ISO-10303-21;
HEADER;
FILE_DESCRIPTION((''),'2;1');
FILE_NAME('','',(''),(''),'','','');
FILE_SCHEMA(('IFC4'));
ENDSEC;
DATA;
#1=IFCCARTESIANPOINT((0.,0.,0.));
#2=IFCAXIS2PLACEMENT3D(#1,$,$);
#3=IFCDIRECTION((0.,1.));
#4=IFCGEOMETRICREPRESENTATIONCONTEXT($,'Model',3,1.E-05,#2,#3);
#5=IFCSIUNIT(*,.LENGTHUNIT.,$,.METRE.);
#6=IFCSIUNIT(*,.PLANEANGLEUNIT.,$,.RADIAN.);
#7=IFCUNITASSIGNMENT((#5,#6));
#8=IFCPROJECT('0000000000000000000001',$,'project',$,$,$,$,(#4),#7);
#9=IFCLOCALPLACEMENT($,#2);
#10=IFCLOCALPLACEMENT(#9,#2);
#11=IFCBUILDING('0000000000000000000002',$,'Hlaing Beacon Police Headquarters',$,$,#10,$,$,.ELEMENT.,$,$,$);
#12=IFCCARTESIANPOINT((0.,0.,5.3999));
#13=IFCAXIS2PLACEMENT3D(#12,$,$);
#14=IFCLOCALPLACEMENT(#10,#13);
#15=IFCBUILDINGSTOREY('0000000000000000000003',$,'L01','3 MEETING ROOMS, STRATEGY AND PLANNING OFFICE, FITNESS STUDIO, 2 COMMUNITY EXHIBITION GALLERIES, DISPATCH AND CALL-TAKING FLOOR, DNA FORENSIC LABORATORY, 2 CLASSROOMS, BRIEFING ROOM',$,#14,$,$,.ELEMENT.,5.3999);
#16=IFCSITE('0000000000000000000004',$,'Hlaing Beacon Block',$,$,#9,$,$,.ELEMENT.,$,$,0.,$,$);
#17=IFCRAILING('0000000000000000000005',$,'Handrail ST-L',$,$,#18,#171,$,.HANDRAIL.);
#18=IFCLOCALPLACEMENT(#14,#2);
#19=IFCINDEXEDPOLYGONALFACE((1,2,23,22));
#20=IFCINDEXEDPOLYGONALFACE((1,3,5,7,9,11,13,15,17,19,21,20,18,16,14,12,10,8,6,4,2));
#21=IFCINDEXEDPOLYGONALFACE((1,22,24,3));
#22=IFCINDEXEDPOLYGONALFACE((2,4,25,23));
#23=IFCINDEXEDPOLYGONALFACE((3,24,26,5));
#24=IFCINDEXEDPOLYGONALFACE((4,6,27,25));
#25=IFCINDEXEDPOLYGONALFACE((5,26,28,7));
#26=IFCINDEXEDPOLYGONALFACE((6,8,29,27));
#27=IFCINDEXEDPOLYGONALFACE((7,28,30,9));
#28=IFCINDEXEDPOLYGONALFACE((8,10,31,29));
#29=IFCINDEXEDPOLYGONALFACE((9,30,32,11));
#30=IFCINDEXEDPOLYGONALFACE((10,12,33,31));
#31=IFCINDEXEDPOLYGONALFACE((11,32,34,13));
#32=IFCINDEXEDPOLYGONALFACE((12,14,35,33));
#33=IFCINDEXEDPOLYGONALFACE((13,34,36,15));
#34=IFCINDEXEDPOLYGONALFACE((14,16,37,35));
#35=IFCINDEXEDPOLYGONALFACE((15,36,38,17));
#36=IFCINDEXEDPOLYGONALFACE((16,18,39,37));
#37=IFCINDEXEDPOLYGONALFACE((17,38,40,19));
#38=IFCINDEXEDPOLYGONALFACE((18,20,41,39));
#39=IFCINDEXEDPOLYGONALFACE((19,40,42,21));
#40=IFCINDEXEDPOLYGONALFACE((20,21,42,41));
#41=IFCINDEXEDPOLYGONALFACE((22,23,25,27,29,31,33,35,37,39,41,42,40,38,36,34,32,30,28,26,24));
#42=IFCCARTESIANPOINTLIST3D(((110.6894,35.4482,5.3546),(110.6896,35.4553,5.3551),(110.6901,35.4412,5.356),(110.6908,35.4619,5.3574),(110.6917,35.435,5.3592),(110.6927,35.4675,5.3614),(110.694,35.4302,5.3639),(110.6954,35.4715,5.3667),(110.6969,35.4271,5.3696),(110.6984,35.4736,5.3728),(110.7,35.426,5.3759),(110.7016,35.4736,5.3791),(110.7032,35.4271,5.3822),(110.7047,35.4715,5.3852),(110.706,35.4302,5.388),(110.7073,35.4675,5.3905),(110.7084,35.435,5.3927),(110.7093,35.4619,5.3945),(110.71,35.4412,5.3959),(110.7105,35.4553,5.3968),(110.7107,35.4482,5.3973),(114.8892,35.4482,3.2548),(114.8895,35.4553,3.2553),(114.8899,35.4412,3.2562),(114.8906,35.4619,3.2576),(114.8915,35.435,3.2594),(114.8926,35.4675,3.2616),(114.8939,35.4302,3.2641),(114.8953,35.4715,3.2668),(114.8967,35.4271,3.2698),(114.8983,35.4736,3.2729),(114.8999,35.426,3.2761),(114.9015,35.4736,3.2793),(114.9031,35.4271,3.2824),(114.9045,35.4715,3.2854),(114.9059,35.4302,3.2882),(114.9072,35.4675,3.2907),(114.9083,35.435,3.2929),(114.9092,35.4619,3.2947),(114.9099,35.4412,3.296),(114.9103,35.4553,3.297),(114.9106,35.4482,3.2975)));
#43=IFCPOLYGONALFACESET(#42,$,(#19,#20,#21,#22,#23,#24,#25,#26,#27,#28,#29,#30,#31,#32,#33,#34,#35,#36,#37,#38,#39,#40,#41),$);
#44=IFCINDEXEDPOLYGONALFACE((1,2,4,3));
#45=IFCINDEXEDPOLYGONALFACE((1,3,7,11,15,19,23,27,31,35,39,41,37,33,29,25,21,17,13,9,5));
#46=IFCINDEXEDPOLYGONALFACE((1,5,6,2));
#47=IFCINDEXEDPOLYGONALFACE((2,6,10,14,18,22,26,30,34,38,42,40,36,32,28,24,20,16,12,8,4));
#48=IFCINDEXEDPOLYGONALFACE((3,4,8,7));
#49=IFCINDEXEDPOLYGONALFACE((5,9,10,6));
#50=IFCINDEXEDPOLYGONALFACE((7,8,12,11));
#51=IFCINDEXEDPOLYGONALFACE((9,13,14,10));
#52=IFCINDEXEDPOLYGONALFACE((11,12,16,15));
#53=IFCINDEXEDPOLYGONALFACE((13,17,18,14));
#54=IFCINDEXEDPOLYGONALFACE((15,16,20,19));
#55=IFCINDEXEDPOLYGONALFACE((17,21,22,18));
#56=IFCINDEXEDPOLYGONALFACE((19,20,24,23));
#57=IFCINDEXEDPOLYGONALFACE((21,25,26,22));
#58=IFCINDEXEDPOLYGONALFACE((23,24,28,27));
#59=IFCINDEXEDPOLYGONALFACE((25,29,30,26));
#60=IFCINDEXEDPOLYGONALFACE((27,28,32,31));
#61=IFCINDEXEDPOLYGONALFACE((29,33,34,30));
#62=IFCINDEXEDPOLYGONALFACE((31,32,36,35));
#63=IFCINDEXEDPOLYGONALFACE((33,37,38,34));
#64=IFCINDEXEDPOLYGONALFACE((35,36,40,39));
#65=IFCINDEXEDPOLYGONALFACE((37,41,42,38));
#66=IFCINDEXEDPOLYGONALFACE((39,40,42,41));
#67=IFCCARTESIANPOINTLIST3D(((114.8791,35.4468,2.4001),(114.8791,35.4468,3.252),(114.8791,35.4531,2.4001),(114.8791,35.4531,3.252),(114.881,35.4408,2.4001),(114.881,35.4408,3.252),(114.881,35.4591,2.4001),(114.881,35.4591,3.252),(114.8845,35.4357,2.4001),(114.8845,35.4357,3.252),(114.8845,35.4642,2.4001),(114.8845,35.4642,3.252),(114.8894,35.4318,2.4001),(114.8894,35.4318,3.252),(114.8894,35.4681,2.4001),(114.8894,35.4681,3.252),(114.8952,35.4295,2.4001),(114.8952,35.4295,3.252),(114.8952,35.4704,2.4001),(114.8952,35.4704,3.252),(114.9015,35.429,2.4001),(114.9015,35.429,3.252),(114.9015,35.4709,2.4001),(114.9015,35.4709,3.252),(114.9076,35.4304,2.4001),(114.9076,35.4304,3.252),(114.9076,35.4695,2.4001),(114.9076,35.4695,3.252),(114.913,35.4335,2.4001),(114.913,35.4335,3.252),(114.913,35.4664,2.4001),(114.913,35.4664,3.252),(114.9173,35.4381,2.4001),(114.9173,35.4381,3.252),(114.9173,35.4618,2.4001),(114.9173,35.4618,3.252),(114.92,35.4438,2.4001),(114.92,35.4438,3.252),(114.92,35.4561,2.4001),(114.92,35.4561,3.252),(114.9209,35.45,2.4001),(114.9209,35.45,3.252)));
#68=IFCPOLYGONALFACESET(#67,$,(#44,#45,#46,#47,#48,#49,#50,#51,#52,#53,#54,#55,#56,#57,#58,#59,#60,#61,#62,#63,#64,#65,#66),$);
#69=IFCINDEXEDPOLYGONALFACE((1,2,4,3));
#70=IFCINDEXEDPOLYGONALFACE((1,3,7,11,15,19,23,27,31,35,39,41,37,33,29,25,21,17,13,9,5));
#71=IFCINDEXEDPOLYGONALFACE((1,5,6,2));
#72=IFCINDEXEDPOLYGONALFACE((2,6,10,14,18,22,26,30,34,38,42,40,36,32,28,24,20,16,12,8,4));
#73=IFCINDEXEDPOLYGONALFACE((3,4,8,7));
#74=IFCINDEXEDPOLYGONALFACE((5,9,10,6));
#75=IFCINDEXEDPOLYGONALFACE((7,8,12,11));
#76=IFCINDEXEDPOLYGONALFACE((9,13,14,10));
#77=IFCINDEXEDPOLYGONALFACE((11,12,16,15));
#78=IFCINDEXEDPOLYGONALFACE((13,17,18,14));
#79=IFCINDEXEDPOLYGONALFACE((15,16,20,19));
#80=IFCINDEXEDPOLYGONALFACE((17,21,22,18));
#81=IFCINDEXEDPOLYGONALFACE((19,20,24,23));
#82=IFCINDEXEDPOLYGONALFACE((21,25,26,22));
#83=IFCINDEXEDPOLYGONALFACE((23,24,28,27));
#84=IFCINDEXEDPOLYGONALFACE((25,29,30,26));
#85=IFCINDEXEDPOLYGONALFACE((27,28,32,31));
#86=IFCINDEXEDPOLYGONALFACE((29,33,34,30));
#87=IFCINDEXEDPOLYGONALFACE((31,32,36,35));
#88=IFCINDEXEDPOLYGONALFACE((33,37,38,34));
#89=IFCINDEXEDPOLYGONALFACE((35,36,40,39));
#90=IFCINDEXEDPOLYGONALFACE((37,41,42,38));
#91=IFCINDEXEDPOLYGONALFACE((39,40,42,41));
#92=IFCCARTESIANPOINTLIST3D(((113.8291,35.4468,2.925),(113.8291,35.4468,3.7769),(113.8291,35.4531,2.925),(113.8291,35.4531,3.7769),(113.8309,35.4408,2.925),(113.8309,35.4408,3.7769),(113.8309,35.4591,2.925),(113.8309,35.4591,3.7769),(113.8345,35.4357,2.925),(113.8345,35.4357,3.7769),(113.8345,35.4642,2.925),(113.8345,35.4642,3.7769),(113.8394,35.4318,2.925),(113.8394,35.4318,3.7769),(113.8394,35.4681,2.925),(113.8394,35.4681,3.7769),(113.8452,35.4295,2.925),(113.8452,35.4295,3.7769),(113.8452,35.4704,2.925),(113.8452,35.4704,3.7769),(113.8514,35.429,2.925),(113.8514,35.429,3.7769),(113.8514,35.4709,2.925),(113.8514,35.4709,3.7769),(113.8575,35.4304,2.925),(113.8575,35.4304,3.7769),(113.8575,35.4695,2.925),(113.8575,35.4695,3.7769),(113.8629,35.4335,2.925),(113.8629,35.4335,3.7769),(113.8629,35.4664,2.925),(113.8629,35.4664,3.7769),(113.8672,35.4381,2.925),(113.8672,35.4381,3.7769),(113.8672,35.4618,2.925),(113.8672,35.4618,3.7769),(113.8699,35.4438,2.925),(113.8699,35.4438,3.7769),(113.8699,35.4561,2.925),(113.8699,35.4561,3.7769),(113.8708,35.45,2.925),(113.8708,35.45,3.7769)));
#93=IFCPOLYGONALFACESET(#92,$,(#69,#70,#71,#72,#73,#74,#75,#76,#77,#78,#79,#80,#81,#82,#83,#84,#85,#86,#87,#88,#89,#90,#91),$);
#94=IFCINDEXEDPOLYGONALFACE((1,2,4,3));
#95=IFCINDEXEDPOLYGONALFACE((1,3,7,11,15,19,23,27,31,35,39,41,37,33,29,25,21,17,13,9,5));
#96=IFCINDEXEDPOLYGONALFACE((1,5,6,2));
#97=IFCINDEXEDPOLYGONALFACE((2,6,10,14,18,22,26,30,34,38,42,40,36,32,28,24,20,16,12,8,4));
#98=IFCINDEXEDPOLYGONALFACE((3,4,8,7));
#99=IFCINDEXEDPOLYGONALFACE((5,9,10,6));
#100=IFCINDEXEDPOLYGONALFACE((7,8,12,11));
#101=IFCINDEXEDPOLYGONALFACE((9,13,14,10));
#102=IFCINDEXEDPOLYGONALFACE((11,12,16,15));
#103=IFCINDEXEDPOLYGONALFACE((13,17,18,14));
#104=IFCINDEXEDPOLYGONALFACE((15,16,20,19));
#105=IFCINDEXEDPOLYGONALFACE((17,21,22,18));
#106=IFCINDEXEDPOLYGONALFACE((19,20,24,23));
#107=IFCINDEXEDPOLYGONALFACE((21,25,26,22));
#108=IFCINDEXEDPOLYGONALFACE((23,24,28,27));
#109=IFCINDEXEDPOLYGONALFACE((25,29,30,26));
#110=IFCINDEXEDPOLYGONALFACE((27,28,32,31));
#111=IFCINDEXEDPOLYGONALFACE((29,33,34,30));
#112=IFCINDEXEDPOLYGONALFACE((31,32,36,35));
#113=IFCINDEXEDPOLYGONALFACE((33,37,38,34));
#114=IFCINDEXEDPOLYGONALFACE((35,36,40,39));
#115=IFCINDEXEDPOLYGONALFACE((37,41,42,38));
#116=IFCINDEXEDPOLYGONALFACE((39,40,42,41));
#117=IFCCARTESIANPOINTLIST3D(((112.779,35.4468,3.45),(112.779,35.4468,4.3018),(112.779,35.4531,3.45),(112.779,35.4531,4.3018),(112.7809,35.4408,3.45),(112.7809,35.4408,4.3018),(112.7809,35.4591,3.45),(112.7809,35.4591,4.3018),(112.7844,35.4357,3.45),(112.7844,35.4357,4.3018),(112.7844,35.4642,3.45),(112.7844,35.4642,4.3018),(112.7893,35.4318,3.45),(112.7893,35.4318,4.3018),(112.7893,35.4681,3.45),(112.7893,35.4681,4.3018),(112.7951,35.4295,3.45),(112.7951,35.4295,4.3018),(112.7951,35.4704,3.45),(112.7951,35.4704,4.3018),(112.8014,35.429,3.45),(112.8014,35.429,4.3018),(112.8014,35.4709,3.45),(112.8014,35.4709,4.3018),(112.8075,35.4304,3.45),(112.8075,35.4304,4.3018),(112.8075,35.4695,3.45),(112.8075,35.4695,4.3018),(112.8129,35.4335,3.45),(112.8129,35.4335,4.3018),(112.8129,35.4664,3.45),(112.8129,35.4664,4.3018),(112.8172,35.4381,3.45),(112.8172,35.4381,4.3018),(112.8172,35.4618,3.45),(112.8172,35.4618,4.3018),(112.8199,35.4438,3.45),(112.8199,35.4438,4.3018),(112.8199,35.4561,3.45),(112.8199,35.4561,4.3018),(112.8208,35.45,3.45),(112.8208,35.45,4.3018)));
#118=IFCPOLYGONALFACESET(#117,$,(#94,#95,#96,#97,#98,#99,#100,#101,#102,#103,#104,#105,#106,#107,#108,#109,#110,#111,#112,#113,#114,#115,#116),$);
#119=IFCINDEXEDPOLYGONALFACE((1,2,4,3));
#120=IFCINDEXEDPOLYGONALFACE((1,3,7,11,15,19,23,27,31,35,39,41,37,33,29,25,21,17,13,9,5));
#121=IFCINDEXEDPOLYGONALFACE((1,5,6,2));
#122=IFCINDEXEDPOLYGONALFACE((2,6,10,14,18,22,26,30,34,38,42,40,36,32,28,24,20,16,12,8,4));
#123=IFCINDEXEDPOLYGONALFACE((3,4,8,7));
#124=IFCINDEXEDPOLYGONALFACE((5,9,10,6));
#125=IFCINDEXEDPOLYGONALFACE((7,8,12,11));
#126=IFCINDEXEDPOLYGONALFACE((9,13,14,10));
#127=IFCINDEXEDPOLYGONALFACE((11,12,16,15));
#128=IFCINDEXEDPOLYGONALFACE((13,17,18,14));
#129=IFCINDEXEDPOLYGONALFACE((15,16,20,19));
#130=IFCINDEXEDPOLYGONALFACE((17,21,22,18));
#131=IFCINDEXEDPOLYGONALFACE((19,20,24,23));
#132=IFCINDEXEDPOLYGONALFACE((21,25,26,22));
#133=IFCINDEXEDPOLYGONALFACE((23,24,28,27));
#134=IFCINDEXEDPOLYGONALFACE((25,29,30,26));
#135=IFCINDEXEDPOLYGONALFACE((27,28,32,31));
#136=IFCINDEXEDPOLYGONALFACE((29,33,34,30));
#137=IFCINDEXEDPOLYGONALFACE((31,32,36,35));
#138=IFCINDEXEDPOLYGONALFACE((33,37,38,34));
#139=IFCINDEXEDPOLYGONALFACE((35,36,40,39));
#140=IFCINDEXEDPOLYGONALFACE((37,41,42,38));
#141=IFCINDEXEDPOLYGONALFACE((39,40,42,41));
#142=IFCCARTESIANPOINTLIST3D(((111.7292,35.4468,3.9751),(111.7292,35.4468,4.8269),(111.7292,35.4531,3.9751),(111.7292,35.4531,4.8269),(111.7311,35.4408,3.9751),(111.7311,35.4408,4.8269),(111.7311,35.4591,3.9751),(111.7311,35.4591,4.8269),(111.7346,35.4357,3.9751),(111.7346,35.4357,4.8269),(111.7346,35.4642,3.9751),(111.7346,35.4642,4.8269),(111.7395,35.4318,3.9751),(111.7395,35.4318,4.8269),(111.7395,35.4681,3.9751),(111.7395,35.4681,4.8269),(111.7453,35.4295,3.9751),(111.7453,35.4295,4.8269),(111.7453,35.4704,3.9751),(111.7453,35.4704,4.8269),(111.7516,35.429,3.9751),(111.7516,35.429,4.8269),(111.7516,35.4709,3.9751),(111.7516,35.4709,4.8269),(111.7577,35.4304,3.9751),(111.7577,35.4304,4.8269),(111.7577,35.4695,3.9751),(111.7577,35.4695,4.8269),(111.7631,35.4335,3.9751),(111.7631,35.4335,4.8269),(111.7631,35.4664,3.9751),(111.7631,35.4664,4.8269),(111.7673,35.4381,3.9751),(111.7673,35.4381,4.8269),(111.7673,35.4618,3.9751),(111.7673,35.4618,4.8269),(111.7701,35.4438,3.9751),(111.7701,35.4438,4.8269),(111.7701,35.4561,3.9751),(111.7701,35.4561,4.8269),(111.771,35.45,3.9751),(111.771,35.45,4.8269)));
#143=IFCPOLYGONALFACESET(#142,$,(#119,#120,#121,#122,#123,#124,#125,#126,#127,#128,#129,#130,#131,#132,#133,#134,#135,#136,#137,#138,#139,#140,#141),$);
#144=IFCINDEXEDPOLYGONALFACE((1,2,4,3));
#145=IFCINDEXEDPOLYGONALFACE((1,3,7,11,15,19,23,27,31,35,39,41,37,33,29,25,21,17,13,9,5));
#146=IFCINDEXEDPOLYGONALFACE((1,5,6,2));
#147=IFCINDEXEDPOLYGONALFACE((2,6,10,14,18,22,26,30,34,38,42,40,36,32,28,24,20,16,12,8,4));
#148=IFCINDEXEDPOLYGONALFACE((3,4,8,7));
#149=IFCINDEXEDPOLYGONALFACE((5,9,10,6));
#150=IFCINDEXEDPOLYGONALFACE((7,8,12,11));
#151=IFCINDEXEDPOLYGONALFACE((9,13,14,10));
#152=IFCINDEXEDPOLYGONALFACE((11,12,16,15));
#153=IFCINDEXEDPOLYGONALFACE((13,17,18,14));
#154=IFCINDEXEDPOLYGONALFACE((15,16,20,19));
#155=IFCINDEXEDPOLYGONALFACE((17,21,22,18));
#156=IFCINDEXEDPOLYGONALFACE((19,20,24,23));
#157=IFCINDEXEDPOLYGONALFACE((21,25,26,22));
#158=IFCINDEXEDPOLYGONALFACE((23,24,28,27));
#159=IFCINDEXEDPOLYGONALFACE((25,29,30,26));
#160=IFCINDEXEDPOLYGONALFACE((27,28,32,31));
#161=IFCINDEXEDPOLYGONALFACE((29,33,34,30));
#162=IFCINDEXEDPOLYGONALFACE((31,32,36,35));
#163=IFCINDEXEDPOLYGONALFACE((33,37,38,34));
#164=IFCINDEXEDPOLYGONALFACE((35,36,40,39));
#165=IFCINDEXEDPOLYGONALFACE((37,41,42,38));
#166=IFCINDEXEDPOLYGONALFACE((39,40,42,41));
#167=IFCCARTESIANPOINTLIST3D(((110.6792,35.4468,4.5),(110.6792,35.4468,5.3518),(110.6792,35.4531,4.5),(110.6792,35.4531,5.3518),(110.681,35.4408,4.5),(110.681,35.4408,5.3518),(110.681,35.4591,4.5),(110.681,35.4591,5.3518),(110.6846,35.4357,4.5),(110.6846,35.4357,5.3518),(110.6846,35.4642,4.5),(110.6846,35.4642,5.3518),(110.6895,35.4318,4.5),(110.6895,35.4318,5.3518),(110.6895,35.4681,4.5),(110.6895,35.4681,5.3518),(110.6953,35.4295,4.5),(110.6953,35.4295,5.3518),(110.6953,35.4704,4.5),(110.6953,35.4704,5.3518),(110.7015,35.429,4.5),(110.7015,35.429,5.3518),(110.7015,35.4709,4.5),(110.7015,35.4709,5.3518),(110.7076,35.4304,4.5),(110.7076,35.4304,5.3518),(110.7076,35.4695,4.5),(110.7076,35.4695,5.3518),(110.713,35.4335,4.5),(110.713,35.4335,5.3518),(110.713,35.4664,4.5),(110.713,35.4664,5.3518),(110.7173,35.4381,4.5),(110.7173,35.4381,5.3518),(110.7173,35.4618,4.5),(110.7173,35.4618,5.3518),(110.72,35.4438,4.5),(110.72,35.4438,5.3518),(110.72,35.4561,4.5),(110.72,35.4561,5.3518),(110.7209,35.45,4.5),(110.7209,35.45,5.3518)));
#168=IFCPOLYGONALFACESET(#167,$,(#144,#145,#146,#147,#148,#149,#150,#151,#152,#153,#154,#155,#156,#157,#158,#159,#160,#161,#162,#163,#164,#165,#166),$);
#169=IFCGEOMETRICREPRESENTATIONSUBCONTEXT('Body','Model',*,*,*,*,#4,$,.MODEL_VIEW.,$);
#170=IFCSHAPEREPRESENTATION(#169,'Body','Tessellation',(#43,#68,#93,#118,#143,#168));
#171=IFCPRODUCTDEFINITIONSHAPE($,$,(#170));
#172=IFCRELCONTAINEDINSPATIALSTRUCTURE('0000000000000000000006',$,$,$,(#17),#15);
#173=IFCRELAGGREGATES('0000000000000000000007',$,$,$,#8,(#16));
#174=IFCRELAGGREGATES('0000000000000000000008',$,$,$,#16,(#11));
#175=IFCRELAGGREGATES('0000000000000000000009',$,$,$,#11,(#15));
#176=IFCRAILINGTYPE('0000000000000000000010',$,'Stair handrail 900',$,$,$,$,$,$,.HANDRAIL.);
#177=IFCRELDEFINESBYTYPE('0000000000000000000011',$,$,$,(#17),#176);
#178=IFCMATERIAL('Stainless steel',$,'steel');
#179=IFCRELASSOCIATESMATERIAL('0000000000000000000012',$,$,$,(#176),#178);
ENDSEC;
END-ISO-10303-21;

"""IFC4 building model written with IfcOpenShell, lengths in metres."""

from ifc_helpers import new_model, si_unit, direction, frame, origin, origin_2d, place, context, subcontext, project, spatial, circle, extrude, material, type_object, element, save


model = new_model("IFC4")

# Units and contexts
model_context = context("Model", 3, precision=1e-05, world=origin(), true_north=direction((0.0, 1.0)))
body_context = subcontext(model_context, "Body", "Model", "MODEL_VIEW")
ifc_project = project(units=[si_unit("LENGTHUNIT", "METRE"), si_unit("PLANEANGLEUNIT", "RADIAN")], contexts=[model_context])

# Site, building, storey
site_placement = place(None, origin())
site = spatial("IfcSite", under=ifc_project, at=site_placement, Name="Hlaing Beacon Block", CompositionType="ELEMENT", RefElevation=0.0)
building_placement = place(site_placement, origin())
building = spatial("IfcBuilding", under=site, at=building_placement, Name="Hlaing Beacon Police Headquarters", CompositionType="ELEMENT")
storey_placement = place(building_placement, frame((0.0, 0.0, 5.3999)))
storey = spatial("IfcBuildingStorey", under=building, at=storey_placement, Name="L01", Description="3 MEETING ROOMS, STRATEGY AND PLANNING OFFICE, FITNESS STUDIO, 2 COMMUNITY EXHIBITION GALLERIES, DISPATCH AND CALL-TAKING FLOOR, DNA FORENSIC LABORATORY, 2 CLASSROOMS, BRIEFING ROOM", CompositionType="ELEMENT", Elevation=5.3999)

# Railing
ifc_material_1 = material(Name="Stainless steel", Category="steel")
railing_type_1 = type_object("IfcRailingType", Name="Stair handrail 900", PredefinedType="HANDRAIL", material=ifc_material_1)
for number, where, name in (
    (1, (114.8999, 35.45, 2.4001), "Handrail ST-L"),
):
    element("IfcRailing", number, at=place(storey_placement, frame(where)), inside=storey, type_object=railing_type_1, Name=name, PredefinedType="HANDRAIL", context=body_context, shape_type="SweptSolid", body=[
        extrude(circle(Radius=0.0239, at=origin_2d()), frame((0.0, 0.0, 0.876), z_axis=(-0.894438, 0.0, 0.447193), x_axis=(0.0, -1.0, 0.0)), (0.0, 0.0, 1.0), 4.6956),
        extrude(circle(Radius=0.021, at=origin_2d()), origin(), (0.0, 0.0, 1.0), 0.8518),
        extrude(circle(Radius=0.021, at=origin_2d()), frame((-1.05, 0.0, 0.5249)), (0.0, 0.0, 1.0), 0.8518),
        extrude(circle(Radius=0.021, at=origin_2d()), frame((-2.1001, 0.0, 1.0498)), (0.0, 0.0, 1.0), 0.8518),
        extrude(circle(Radius=0.021, at=origin_2d()), frame((-3.1499, 0.0, 1.575)), (0.0, 0.0, 1.0), 0.8518),
        extrude(circle(Radius=0.021, at=origin_2d()), frame((-4.2, 0.0, 2.0999)), (0.0, 0.0, 1.0), 0.8518),
    ])

save(model, "model.ifc")
